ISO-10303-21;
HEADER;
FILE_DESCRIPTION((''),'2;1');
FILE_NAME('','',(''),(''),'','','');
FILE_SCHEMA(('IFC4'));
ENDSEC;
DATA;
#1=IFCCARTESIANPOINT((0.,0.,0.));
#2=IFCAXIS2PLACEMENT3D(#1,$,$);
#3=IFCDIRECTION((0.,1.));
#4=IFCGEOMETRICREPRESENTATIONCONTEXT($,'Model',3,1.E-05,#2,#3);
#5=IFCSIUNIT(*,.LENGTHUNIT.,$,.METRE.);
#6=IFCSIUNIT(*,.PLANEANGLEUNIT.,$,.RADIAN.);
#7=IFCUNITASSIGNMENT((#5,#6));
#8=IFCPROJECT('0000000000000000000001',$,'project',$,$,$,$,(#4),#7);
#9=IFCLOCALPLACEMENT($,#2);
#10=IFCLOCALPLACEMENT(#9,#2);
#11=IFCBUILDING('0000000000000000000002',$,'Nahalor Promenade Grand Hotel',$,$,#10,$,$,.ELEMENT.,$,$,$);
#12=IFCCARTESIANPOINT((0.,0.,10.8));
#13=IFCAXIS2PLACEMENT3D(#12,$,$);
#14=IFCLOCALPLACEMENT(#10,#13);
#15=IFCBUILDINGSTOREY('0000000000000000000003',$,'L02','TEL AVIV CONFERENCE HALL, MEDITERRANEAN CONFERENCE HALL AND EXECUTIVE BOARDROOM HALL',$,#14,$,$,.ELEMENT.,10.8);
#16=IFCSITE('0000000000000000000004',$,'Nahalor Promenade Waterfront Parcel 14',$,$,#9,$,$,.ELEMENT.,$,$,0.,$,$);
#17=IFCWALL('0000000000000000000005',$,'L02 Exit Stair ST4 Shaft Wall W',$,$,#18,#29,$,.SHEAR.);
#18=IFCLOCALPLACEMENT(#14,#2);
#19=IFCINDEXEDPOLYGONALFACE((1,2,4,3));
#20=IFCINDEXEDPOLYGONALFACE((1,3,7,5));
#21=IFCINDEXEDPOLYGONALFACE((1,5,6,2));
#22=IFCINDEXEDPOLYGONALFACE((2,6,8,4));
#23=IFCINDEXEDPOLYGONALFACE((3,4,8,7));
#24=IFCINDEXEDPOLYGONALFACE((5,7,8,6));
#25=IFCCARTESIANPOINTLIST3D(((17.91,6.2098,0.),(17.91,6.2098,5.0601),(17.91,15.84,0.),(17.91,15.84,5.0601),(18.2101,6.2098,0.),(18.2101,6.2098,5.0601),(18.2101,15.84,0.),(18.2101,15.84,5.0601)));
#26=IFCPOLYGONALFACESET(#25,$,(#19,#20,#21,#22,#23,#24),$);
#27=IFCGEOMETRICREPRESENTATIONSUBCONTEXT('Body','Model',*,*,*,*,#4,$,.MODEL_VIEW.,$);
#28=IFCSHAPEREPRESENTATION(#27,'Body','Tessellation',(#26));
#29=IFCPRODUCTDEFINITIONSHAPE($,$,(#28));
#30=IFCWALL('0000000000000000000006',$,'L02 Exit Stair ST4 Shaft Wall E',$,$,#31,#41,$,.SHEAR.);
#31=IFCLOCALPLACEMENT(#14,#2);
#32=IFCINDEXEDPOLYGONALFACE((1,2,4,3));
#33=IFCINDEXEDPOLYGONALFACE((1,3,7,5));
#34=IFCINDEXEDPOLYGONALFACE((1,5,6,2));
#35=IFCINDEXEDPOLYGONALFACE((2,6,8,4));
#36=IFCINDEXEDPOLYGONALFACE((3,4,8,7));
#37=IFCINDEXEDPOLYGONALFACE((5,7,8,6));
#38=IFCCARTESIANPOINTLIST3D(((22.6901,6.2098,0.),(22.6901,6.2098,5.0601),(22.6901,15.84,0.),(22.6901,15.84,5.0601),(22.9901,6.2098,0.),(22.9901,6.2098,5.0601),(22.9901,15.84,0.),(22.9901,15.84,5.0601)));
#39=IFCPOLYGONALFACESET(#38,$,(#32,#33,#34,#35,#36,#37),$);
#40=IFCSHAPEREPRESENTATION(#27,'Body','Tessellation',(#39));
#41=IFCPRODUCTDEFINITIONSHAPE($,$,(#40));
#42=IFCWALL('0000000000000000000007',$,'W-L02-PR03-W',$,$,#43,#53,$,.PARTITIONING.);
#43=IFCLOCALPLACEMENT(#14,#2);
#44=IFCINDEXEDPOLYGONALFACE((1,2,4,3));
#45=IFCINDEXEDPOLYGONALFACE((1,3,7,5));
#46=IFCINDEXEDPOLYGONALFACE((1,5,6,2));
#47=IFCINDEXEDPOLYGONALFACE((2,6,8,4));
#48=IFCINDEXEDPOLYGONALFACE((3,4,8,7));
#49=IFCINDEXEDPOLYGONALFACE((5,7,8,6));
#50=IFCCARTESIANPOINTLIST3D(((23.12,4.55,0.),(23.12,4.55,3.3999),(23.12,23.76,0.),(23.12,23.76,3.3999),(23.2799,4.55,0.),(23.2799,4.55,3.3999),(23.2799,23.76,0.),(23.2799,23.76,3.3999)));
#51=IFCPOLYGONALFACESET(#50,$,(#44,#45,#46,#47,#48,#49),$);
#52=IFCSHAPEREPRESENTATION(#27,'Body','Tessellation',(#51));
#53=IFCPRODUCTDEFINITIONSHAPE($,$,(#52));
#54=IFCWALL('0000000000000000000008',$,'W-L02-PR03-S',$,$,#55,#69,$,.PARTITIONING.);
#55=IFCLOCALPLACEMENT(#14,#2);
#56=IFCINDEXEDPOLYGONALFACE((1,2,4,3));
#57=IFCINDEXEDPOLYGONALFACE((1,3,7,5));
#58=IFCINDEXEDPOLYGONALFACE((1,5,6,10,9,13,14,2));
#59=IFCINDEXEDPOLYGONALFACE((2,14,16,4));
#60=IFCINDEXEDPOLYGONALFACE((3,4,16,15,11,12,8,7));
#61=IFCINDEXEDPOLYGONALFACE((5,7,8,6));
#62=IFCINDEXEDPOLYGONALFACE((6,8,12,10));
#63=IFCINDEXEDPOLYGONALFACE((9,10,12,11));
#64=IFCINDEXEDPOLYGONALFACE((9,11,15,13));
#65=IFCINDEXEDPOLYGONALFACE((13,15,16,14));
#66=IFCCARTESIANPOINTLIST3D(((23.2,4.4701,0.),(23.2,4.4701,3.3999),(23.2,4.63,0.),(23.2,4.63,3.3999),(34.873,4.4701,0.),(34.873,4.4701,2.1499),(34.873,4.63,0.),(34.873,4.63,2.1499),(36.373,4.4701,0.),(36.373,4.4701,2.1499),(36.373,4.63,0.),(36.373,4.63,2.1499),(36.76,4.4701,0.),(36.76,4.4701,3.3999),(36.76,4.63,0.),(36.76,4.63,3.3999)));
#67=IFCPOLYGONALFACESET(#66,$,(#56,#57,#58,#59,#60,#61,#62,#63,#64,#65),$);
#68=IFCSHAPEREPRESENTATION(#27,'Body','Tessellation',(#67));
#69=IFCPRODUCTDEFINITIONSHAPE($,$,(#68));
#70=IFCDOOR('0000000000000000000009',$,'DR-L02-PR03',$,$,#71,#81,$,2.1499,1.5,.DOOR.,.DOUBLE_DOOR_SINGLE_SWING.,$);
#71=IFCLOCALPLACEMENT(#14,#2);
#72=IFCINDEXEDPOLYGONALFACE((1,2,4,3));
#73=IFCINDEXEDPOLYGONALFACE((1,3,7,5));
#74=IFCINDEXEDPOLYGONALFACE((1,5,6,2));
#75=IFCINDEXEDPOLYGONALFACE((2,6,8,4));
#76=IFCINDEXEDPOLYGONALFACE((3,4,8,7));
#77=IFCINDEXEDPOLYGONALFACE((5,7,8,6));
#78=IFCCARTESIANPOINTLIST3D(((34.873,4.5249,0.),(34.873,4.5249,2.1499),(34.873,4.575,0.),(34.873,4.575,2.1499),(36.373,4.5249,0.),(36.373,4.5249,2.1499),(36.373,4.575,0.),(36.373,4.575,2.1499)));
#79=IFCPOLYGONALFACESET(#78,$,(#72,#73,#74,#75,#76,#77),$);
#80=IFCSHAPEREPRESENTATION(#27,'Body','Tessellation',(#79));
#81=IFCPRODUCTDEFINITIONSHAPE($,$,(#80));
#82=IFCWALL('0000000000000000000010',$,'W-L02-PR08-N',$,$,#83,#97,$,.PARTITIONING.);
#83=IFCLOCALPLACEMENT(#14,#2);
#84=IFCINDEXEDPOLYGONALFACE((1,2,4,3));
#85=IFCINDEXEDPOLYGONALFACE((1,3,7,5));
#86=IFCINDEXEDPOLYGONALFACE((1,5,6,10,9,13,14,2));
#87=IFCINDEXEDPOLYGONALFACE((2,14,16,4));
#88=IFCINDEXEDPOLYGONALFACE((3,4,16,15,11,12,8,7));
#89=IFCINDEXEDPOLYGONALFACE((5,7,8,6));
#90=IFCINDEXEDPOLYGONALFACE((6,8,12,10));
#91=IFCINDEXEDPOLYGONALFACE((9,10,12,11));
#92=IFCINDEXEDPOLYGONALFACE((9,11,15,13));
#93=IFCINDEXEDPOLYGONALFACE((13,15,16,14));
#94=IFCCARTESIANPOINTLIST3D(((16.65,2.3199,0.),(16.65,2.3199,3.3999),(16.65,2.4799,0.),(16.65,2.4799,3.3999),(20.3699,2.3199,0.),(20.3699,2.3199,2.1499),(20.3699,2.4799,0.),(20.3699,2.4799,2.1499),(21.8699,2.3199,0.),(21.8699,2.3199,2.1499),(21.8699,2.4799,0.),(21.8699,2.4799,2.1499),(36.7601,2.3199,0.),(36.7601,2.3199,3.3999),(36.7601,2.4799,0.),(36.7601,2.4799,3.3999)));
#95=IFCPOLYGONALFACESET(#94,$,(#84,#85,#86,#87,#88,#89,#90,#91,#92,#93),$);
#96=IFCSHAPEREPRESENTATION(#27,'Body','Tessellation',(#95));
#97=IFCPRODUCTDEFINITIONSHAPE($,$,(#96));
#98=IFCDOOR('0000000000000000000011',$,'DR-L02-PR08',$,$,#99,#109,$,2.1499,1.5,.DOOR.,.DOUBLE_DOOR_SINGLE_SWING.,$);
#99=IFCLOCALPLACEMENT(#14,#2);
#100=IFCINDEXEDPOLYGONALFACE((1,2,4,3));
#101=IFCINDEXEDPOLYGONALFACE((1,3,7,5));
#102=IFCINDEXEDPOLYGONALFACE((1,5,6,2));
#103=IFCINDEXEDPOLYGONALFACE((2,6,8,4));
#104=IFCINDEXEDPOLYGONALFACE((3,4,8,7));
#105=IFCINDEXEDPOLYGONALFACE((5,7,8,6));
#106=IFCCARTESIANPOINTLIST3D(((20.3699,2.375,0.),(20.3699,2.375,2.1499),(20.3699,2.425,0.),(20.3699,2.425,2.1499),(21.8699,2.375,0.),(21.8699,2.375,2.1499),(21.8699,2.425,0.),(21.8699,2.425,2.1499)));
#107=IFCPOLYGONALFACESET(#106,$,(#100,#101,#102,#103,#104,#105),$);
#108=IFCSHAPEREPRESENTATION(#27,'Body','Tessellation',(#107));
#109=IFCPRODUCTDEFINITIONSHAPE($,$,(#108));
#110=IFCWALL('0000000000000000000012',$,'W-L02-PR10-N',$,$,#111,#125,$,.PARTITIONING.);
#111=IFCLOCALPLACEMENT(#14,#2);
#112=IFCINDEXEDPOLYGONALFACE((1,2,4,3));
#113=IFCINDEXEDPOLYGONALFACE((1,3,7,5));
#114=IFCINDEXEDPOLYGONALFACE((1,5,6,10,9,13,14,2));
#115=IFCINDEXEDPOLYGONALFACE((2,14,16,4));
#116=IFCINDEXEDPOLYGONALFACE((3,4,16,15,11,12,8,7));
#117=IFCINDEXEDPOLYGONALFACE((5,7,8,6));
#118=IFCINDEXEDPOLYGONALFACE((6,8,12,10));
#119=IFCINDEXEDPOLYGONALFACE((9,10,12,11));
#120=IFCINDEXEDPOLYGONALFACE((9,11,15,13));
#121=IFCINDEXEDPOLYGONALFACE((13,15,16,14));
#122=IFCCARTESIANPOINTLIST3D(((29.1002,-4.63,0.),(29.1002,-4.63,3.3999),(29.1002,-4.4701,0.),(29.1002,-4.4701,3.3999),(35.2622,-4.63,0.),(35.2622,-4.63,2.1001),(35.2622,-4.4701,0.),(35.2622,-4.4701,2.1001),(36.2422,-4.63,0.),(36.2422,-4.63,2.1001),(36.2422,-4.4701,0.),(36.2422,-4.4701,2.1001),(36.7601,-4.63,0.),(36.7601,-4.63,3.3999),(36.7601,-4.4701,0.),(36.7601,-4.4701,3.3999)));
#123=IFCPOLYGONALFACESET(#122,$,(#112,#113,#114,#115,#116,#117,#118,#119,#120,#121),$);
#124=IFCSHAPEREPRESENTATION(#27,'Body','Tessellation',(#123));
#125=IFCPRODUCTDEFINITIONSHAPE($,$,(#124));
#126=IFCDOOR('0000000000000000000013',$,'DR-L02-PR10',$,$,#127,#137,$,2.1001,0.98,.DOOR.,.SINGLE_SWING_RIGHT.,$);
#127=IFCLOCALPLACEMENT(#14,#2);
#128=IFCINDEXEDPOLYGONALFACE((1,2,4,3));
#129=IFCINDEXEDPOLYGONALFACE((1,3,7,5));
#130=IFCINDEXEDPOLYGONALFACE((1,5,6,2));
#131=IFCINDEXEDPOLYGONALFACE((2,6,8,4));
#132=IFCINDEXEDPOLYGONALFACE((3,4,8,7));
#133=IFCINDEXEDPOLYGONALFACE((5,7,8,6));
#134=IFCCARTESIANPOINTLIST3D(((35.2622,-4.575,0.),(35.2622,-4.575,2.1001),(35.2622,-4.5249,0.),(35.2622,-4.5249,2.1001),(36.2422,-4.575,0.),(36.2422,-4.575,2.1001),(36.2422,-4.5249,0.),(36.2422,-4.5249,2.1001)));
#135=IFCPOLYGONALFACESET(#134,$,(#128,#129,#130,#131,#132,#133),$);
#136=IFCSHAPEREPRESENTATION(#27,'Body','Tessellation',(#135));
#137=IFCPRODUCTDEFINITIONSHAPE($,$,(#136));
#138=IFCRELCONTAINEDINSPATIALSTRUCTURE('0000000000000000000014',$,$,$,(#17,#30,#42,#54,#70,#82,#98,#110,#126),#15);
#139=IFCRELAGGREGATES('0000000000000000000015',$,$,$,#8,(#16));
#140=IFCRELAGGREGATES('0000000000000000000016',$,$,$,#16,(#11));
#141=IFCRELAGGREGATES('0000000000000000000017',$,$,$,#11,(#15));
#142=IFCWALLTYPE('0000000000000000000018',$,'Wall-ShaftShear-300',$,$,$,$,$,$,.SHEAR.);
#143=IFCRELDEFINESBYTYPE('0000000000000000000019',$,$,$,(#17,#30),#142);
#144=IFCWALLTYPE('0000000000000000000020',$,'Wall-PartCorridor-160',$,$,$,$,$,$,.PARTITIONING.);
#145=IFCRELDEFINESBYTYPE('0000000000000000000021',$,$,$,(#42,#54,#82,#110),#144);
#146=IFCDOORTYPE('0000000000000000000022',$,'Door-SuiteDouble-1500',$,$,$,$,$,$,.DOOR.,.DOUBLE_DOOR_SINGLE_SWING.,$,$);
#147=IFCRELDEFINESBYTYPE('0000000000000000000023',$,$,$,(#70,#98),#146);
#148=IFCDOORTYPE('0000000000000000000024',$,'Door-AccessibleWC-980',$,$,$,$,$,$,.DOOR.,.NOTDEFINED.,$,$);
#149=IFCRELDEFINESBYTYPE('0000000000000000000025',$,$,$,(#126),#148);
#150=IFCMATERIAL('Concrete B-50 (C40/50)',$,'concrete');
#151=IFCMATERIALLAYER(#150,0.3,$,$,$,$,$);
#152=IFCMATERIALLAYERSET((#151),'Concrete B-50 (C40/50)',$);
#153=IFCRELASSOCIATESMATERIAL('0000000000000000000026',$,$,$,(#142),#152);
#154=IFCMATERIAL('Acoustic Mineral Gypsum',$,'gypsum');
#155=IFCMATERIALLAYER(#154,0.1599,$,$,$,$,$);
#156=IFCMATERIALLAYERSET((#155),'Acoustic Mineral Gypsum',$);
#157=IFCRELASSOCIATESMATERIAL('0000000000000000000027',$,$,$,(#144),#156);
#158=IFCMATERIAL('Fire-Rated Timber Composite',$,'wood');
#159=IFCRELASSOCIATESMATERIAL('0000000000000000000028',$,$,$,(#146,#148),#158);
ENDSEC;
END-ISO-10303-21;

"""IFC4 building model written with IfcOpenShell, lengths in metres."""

from ifc_helpers import new_model, si_unit, direction, frame, frame_2d, origin, place, context, subcontext, project, spatial, rectangle, extrude, source, transform, mapped, material, layer, layer_set, type_object, element, fill, save


model = new_model("IFC4")

# Units and contexts
model_context = context("Model", 3, precision=1e-05, world=origin(), true_north=direction((0.0, 1.0)))
body_context = subcontext(model_context, "Body", "Model", "MODEL_VIEW")
ifc_project = project(units=[si_unit("LENGTHUNIT", "METRE"), si_unit("PLANEANGLEUNIT", "RADIAN")], contexts=[model_context])

# Site, building, storey
site_placement = place(None, origin())
site = spatial("IfcSite", under=ifc_project, at=site_placement, Name="Nahalor Promenade Waterfront Parcel 14", CompositionType="ELEMENT", RefElevation=0.0)
building_placement = place(site_placement, origin())
building = spatial("IfcBuilding", under=site, at=building_placement, Name="Nahalor Promenade Grand Hotel", CompositionType="ELEMENT")
storey_placement = place(building_placement, frame((0.0, 0.0, 10.8)))
storey = spatial("IfcBuildingStorey", under=building, at=storey_placement, Name="L02", Description="TEL AVIV CONFERENCE HALL, MEDITERRANEAN CONFERENCE HALL AND EXECUTIVE BOARDROOM HALL", CompositionType="ELEMENT", Elevation=10.8)

# Shared definitions
ifc_material_1 = material(Name="Concrete B-50 (C40/50)", Category="concrete")
ifc_layer_1 = layer(ifc_material_1, 0.3)
ifc_layer_set_1 = layer_set([ifc_layer_1], Name="Concrete B-50 (C40/50)")
wall_type_1 = type_object("IfcWallType", Name="Wall-ShaftShear-300", PredefinedType="SHEAR", material=ifc_layer_set_1)

# Walls
shared_shape_1 = source(origin(), body_context, "Body", "SweptSolid", [
    extrude(rectangle(XDim=9.6301, YDim=0.3, at=frame_2d((4.8149, 0.0))), origin(), (0.0, 0.0, 1.0), 5.0601),
])
for number, where, z_axis, x_axis, name in (
    (1, (18.0601, 6.21, 0.0), (0.0, 0.0, 1.0), (0.0, 1.0, 0.0), "L02 Exit Stair ST4 Shaft Wall W"),
    (2, (22.8401, 6.21, 0.0), (0.0, 0.0, 1.0), (0.0, 1.0, 0.0), "L02 Exit Stair ST4 Shaft Wall E"),
):
    element("IfcWall", number, at=place(storey_placement, frame(where, z_axis=z_axis, x_axis=x_axis)), inside=storey, type_object=wall_type_1, Name=name, PredefinedType="SHEAR", context=body_context, shape_type="MappedRepresentation", body=[
        mapped(shared_shape_1, transform((0.0, 0.0, 0.0), scale=1.0)),
    ])
ifc_material_2 = material(Name="Acoustic Mineral Gypsum", Category="gypsum")
ifc_layer_2 = layer(ifc_material_2, 0.1599)
ifc_layer_set_2 = layer_set([ifc_layer_2], Name="Acoustic Mineral Gypsum")
wall_type_2 = type_object("IfcWallType", Name="Wall-PartCorridor-160", PredefinedType="PARTITIONING", material=ifc_layer_set_2)
shared_shape_2 = source(origin(), body_context, "Body", "SweptSolid", [
    extrude(rectangle(XDim=19.21, YDim=0.1599, at=frame_2d((9.605, 0.0))), origin(), (0.0, 0.0, 1.0), 3.3999),
])
wall_1_placement = place(storey_placement, frame((23.2, 4.55, 0.0), z_axis=(0.0, 0.0, 1.0), x_axis=(0.0, 1.0, 0.0)))
element("IfcWall", 3, at=wall_1_placement, inside=storey, type_object=wall_type_2, Name="W-L02-PR03-W", PredefinedType="PARTITIONING", context=body_context, shape_type="MappedRepresentation", body=[
    mapped(shared_shape_2, transform((0.0, 0.0, 0.0), scale=1.0)),
])

# Walls, openings, doors
shared_shape_3 = source(origin(), body_context, "Body", "SweptSolid", [
    extrude(rectangle(XDim=13.5601, YDim=0.1599, at=frame_2d((6.78, 0.0))), origin(), (0.0, 0.0, 1.0), 3.3999),
])
wall_2_placement = place(storey_placement, frame((23.2, 4.55, 0.0), z_axis=(0.0, 0.0, 1.0), x_axis=(1.0, 0.0, 0.0)))
wall_2 = element("IfcWall", 4, at=wall_2_placement, inside=storey, type_object=wall_type_2, Name="W-L02-PR03-S", PredefinedType="PARTITIONING", context=body_context, shape_type="MappedRepresentation", body=[
    mapped(shared_shape_3, transform((0.0, 0.0, 0.0), scale=1.0)),
])
opening_1_placement = place(wall_2_placement, frame((11.6731, 0.0, 0.0)))
opening_1 = element("IfcOpeningElement", 5, at=opening_1_placement, cuts=wall_2, PredefinedType="OPENING", context=body_context, shape_type="SweptSolid", body=[
    extrude(rectangle(XDim=1.5, YDim=2.1499, at=frame_2d((0.75, 1.075))), frame((0.0, 0.0898, 0.0), z_axis=(0.0, -1.0, 0.0), x_axis=(1.0, 0.0, 0.0)), (0.0, 0.0, 1.0), 0.1799),
])
ifc_material_3 = material(Name="Fire-Rated Timber Composite", Category="wood")
door_type_1 = type_object("IfcDoorType", Name="Door-SuiteDouble-1500", OperationType="DOUBLE_DOOR_SINGLE_SWING", PredefinedType="DOOR", material=ifc_material_3)
shared_shape_4 = source(origin(), body_context, "Body", "SweptSolid", [
    extrude(rectangle(XDim=1.5, YDim=2.1499, at=frame_2d((0.75, 1.075))), frame((0.0, 0.0249, 0.0), z_axis=(0.0, -1.0, 0.0), x_axis=(1.0, 0.0, 0.0)), (0.0, 0.0, 1.0), 0.05),
])
door_1_placement = place(opening_1_placement, origin())
door_1 = element("IfcDoor", 6, at=door_1_placement, inside=storey, type_object=door_type_1, Name="DR-L02-PR03", OperationType="DOUBLE_DOOR_SINGLE_SWING", OverallHeight=2.1499, OverallWidth=1.5, PredefinedType="DOOR", context=body_context, shape_type="MappedRepresentation", body=[
    mapped(shared_shape_4, transform((0.0, 0.0, 0.0), scale=1.0)),
])
fill(opening_1, door_1)
shared_shape_5 = source(origin(), body_context, "Body", "SweptSolid", [
    extrude(rectangle(XDim=20.1101, YDim=0.1599, at=frame_2d((10.0552, 0.0))), origin(), (0.0, 0.0, 1.0), 3.3999),
])
wall_3_placement = place(storey_placement, frame((16.6499, 2.3999, 0.0), z_axis=(0.0, 0.0, 1.0), x_axis=(1.0, 0.0, 0.0)))
wall_3 = element("IfcWall", 7, at=wall_3_placement, inside=storey, type_object=wall_type_2, Name="W-L02-PR08-N", PredefinedType="PARTITIONING", context=body_context, shape_type="MappedRepresentation", body=[
    mapped(shared_shape_5, transform((0.0, 0.0, 0.0), scale=1.0)),
])
opening_2_placement = place(wall_3_placement, frame((3.72, 0.0, 0.0)))
opening_2 = element("IfcOpeningElement", 8, at=opening_2_placement, cuts=wall_3, PredefinedType="OPENING", context=body_context, shape_type="SweptSolid", body=[
    extrude(rectangle(XDim=1.5, YDim=2.1499, at=frame_2d((0.75, 1.075))), frame((0.0, 0.0898, 0.0), z_axis=(0.0, -1.0, 0.0), x_axis=(1.0, 0.0, 0.0)), (0.0, 0.0, 1.0), 0.1799),
])
door_2_placement = place(opening_2_placement, frame((1.5, 0.0, 0.0), z_axis=(0.0, 0.0, 1.0), x_axis=(-1.0, 0.0, 0.0)))
door_2 = element("IfcDoor", 9, at=door_2_placement, inside=storey, type_object=door_type_1, Name="DR-L02-PR08", OperationType="DOUBLE_DOOR_SINGLE_SWING", OverallHeight=2.1499, OverallWidth=1.5, PredefinedType="DOOR", context=body_context, shape_type="MappedRepresentation", body=[
    mapped(shared_shape_4, transform((0.0, 0.0, 0.0), scale=1.0)),
])
fill(opening_2, door_2)
shared_shape_6 = source(origin(), body_context, "Body", "SweptSolid", [
    extrude(rectangle(XDim=7.6599, YDim=0.1599, at=frame_2d((3.8301, 0.0))), origin(), (0.0, 0.0, 1.0), 3.3999),
])
wall_4_placement = place(storey_placement, frame((29.1001, -4.55, 0.0), z_axis=(0.0, 0.0, 1.0), x_axis=(1.0, 0.0, 0.0)))
wall_4 = element("IfcWall", 10, at=wall_4_placement, inside=storey, type_object=wall_type_2, Name="W-L02-PR10-N", PredefinedType="PARTITIONING", context=body_context, shape_type="MappedRepresentation", body=[
    mapped(shared_shape_6, transform((0.0, 0.0, 0.0), scale=1.0)),
])
opening_3_placement = place(wall_4_placement, frame((6.1621, 0.0, 0.0)))
opening_3 = element("IfcOpeningElement", 11, at=opening_3_placement, cuts=wall_4, PredefinedType="OPENING", context=body_context, shape_type="SweptSolid", body=[
    extrude(rectangle(XDim=0.98, YDim=2.1001, at=frame_2d((0.49, 1.05))), frame((0.0, 0.0898, 0.0), z_axis=(0.0, -1.0, 0.0), x_axis=(1.0, 0.0, 0.0)), (0.0, 0.0, 1.0), 0.1799),
])
door_type_2 = type_object("IfcDoorType", Name="Door-AccessibleWC-980", OperationType="NOTDEFINED", PredefinedType="DOOR", material=ifc_material_3)
shared_shape_7 = source(origin(), body_context, "Body", "SweptSolid", [
    extrude(rectangle(XDim=0.98, YDim=2.1001, at=frame_2d((0.49, 1.05))), frame((0.0, 0.0249, 0.0), z_axis=(0.0, -1.0, 0.0), x_axis=(1.0, 0.0, 0.0)), (0.0, 0.0, 1.0), 0.05),
])
door_3_placement = place(opening_3_placement, frame((0.98, 0.0, 0.0), z_axis=(0.0, 0.0, 1.0), x_axis=(-1.0, 0.0, 0.0)))
door_3 = element("IfcDoor", 12, at=door_3_placement, inside=storey, type_object=door_type_2, Name="DR-L02-PR10", OperationType="SINGLE_SWING_RIGHT", OverallHeight=2.1001, OverallWidth=0.98, PredefinedType="DOOR", context=body_context, shape_type="MappedRepresentation", body=[
    mapped(shared_shape_7, transform((0.0, 0.0, 0.0), scale=1.0)),
])
fill(opening_3, door_3)

save(model, "model.ifc")
